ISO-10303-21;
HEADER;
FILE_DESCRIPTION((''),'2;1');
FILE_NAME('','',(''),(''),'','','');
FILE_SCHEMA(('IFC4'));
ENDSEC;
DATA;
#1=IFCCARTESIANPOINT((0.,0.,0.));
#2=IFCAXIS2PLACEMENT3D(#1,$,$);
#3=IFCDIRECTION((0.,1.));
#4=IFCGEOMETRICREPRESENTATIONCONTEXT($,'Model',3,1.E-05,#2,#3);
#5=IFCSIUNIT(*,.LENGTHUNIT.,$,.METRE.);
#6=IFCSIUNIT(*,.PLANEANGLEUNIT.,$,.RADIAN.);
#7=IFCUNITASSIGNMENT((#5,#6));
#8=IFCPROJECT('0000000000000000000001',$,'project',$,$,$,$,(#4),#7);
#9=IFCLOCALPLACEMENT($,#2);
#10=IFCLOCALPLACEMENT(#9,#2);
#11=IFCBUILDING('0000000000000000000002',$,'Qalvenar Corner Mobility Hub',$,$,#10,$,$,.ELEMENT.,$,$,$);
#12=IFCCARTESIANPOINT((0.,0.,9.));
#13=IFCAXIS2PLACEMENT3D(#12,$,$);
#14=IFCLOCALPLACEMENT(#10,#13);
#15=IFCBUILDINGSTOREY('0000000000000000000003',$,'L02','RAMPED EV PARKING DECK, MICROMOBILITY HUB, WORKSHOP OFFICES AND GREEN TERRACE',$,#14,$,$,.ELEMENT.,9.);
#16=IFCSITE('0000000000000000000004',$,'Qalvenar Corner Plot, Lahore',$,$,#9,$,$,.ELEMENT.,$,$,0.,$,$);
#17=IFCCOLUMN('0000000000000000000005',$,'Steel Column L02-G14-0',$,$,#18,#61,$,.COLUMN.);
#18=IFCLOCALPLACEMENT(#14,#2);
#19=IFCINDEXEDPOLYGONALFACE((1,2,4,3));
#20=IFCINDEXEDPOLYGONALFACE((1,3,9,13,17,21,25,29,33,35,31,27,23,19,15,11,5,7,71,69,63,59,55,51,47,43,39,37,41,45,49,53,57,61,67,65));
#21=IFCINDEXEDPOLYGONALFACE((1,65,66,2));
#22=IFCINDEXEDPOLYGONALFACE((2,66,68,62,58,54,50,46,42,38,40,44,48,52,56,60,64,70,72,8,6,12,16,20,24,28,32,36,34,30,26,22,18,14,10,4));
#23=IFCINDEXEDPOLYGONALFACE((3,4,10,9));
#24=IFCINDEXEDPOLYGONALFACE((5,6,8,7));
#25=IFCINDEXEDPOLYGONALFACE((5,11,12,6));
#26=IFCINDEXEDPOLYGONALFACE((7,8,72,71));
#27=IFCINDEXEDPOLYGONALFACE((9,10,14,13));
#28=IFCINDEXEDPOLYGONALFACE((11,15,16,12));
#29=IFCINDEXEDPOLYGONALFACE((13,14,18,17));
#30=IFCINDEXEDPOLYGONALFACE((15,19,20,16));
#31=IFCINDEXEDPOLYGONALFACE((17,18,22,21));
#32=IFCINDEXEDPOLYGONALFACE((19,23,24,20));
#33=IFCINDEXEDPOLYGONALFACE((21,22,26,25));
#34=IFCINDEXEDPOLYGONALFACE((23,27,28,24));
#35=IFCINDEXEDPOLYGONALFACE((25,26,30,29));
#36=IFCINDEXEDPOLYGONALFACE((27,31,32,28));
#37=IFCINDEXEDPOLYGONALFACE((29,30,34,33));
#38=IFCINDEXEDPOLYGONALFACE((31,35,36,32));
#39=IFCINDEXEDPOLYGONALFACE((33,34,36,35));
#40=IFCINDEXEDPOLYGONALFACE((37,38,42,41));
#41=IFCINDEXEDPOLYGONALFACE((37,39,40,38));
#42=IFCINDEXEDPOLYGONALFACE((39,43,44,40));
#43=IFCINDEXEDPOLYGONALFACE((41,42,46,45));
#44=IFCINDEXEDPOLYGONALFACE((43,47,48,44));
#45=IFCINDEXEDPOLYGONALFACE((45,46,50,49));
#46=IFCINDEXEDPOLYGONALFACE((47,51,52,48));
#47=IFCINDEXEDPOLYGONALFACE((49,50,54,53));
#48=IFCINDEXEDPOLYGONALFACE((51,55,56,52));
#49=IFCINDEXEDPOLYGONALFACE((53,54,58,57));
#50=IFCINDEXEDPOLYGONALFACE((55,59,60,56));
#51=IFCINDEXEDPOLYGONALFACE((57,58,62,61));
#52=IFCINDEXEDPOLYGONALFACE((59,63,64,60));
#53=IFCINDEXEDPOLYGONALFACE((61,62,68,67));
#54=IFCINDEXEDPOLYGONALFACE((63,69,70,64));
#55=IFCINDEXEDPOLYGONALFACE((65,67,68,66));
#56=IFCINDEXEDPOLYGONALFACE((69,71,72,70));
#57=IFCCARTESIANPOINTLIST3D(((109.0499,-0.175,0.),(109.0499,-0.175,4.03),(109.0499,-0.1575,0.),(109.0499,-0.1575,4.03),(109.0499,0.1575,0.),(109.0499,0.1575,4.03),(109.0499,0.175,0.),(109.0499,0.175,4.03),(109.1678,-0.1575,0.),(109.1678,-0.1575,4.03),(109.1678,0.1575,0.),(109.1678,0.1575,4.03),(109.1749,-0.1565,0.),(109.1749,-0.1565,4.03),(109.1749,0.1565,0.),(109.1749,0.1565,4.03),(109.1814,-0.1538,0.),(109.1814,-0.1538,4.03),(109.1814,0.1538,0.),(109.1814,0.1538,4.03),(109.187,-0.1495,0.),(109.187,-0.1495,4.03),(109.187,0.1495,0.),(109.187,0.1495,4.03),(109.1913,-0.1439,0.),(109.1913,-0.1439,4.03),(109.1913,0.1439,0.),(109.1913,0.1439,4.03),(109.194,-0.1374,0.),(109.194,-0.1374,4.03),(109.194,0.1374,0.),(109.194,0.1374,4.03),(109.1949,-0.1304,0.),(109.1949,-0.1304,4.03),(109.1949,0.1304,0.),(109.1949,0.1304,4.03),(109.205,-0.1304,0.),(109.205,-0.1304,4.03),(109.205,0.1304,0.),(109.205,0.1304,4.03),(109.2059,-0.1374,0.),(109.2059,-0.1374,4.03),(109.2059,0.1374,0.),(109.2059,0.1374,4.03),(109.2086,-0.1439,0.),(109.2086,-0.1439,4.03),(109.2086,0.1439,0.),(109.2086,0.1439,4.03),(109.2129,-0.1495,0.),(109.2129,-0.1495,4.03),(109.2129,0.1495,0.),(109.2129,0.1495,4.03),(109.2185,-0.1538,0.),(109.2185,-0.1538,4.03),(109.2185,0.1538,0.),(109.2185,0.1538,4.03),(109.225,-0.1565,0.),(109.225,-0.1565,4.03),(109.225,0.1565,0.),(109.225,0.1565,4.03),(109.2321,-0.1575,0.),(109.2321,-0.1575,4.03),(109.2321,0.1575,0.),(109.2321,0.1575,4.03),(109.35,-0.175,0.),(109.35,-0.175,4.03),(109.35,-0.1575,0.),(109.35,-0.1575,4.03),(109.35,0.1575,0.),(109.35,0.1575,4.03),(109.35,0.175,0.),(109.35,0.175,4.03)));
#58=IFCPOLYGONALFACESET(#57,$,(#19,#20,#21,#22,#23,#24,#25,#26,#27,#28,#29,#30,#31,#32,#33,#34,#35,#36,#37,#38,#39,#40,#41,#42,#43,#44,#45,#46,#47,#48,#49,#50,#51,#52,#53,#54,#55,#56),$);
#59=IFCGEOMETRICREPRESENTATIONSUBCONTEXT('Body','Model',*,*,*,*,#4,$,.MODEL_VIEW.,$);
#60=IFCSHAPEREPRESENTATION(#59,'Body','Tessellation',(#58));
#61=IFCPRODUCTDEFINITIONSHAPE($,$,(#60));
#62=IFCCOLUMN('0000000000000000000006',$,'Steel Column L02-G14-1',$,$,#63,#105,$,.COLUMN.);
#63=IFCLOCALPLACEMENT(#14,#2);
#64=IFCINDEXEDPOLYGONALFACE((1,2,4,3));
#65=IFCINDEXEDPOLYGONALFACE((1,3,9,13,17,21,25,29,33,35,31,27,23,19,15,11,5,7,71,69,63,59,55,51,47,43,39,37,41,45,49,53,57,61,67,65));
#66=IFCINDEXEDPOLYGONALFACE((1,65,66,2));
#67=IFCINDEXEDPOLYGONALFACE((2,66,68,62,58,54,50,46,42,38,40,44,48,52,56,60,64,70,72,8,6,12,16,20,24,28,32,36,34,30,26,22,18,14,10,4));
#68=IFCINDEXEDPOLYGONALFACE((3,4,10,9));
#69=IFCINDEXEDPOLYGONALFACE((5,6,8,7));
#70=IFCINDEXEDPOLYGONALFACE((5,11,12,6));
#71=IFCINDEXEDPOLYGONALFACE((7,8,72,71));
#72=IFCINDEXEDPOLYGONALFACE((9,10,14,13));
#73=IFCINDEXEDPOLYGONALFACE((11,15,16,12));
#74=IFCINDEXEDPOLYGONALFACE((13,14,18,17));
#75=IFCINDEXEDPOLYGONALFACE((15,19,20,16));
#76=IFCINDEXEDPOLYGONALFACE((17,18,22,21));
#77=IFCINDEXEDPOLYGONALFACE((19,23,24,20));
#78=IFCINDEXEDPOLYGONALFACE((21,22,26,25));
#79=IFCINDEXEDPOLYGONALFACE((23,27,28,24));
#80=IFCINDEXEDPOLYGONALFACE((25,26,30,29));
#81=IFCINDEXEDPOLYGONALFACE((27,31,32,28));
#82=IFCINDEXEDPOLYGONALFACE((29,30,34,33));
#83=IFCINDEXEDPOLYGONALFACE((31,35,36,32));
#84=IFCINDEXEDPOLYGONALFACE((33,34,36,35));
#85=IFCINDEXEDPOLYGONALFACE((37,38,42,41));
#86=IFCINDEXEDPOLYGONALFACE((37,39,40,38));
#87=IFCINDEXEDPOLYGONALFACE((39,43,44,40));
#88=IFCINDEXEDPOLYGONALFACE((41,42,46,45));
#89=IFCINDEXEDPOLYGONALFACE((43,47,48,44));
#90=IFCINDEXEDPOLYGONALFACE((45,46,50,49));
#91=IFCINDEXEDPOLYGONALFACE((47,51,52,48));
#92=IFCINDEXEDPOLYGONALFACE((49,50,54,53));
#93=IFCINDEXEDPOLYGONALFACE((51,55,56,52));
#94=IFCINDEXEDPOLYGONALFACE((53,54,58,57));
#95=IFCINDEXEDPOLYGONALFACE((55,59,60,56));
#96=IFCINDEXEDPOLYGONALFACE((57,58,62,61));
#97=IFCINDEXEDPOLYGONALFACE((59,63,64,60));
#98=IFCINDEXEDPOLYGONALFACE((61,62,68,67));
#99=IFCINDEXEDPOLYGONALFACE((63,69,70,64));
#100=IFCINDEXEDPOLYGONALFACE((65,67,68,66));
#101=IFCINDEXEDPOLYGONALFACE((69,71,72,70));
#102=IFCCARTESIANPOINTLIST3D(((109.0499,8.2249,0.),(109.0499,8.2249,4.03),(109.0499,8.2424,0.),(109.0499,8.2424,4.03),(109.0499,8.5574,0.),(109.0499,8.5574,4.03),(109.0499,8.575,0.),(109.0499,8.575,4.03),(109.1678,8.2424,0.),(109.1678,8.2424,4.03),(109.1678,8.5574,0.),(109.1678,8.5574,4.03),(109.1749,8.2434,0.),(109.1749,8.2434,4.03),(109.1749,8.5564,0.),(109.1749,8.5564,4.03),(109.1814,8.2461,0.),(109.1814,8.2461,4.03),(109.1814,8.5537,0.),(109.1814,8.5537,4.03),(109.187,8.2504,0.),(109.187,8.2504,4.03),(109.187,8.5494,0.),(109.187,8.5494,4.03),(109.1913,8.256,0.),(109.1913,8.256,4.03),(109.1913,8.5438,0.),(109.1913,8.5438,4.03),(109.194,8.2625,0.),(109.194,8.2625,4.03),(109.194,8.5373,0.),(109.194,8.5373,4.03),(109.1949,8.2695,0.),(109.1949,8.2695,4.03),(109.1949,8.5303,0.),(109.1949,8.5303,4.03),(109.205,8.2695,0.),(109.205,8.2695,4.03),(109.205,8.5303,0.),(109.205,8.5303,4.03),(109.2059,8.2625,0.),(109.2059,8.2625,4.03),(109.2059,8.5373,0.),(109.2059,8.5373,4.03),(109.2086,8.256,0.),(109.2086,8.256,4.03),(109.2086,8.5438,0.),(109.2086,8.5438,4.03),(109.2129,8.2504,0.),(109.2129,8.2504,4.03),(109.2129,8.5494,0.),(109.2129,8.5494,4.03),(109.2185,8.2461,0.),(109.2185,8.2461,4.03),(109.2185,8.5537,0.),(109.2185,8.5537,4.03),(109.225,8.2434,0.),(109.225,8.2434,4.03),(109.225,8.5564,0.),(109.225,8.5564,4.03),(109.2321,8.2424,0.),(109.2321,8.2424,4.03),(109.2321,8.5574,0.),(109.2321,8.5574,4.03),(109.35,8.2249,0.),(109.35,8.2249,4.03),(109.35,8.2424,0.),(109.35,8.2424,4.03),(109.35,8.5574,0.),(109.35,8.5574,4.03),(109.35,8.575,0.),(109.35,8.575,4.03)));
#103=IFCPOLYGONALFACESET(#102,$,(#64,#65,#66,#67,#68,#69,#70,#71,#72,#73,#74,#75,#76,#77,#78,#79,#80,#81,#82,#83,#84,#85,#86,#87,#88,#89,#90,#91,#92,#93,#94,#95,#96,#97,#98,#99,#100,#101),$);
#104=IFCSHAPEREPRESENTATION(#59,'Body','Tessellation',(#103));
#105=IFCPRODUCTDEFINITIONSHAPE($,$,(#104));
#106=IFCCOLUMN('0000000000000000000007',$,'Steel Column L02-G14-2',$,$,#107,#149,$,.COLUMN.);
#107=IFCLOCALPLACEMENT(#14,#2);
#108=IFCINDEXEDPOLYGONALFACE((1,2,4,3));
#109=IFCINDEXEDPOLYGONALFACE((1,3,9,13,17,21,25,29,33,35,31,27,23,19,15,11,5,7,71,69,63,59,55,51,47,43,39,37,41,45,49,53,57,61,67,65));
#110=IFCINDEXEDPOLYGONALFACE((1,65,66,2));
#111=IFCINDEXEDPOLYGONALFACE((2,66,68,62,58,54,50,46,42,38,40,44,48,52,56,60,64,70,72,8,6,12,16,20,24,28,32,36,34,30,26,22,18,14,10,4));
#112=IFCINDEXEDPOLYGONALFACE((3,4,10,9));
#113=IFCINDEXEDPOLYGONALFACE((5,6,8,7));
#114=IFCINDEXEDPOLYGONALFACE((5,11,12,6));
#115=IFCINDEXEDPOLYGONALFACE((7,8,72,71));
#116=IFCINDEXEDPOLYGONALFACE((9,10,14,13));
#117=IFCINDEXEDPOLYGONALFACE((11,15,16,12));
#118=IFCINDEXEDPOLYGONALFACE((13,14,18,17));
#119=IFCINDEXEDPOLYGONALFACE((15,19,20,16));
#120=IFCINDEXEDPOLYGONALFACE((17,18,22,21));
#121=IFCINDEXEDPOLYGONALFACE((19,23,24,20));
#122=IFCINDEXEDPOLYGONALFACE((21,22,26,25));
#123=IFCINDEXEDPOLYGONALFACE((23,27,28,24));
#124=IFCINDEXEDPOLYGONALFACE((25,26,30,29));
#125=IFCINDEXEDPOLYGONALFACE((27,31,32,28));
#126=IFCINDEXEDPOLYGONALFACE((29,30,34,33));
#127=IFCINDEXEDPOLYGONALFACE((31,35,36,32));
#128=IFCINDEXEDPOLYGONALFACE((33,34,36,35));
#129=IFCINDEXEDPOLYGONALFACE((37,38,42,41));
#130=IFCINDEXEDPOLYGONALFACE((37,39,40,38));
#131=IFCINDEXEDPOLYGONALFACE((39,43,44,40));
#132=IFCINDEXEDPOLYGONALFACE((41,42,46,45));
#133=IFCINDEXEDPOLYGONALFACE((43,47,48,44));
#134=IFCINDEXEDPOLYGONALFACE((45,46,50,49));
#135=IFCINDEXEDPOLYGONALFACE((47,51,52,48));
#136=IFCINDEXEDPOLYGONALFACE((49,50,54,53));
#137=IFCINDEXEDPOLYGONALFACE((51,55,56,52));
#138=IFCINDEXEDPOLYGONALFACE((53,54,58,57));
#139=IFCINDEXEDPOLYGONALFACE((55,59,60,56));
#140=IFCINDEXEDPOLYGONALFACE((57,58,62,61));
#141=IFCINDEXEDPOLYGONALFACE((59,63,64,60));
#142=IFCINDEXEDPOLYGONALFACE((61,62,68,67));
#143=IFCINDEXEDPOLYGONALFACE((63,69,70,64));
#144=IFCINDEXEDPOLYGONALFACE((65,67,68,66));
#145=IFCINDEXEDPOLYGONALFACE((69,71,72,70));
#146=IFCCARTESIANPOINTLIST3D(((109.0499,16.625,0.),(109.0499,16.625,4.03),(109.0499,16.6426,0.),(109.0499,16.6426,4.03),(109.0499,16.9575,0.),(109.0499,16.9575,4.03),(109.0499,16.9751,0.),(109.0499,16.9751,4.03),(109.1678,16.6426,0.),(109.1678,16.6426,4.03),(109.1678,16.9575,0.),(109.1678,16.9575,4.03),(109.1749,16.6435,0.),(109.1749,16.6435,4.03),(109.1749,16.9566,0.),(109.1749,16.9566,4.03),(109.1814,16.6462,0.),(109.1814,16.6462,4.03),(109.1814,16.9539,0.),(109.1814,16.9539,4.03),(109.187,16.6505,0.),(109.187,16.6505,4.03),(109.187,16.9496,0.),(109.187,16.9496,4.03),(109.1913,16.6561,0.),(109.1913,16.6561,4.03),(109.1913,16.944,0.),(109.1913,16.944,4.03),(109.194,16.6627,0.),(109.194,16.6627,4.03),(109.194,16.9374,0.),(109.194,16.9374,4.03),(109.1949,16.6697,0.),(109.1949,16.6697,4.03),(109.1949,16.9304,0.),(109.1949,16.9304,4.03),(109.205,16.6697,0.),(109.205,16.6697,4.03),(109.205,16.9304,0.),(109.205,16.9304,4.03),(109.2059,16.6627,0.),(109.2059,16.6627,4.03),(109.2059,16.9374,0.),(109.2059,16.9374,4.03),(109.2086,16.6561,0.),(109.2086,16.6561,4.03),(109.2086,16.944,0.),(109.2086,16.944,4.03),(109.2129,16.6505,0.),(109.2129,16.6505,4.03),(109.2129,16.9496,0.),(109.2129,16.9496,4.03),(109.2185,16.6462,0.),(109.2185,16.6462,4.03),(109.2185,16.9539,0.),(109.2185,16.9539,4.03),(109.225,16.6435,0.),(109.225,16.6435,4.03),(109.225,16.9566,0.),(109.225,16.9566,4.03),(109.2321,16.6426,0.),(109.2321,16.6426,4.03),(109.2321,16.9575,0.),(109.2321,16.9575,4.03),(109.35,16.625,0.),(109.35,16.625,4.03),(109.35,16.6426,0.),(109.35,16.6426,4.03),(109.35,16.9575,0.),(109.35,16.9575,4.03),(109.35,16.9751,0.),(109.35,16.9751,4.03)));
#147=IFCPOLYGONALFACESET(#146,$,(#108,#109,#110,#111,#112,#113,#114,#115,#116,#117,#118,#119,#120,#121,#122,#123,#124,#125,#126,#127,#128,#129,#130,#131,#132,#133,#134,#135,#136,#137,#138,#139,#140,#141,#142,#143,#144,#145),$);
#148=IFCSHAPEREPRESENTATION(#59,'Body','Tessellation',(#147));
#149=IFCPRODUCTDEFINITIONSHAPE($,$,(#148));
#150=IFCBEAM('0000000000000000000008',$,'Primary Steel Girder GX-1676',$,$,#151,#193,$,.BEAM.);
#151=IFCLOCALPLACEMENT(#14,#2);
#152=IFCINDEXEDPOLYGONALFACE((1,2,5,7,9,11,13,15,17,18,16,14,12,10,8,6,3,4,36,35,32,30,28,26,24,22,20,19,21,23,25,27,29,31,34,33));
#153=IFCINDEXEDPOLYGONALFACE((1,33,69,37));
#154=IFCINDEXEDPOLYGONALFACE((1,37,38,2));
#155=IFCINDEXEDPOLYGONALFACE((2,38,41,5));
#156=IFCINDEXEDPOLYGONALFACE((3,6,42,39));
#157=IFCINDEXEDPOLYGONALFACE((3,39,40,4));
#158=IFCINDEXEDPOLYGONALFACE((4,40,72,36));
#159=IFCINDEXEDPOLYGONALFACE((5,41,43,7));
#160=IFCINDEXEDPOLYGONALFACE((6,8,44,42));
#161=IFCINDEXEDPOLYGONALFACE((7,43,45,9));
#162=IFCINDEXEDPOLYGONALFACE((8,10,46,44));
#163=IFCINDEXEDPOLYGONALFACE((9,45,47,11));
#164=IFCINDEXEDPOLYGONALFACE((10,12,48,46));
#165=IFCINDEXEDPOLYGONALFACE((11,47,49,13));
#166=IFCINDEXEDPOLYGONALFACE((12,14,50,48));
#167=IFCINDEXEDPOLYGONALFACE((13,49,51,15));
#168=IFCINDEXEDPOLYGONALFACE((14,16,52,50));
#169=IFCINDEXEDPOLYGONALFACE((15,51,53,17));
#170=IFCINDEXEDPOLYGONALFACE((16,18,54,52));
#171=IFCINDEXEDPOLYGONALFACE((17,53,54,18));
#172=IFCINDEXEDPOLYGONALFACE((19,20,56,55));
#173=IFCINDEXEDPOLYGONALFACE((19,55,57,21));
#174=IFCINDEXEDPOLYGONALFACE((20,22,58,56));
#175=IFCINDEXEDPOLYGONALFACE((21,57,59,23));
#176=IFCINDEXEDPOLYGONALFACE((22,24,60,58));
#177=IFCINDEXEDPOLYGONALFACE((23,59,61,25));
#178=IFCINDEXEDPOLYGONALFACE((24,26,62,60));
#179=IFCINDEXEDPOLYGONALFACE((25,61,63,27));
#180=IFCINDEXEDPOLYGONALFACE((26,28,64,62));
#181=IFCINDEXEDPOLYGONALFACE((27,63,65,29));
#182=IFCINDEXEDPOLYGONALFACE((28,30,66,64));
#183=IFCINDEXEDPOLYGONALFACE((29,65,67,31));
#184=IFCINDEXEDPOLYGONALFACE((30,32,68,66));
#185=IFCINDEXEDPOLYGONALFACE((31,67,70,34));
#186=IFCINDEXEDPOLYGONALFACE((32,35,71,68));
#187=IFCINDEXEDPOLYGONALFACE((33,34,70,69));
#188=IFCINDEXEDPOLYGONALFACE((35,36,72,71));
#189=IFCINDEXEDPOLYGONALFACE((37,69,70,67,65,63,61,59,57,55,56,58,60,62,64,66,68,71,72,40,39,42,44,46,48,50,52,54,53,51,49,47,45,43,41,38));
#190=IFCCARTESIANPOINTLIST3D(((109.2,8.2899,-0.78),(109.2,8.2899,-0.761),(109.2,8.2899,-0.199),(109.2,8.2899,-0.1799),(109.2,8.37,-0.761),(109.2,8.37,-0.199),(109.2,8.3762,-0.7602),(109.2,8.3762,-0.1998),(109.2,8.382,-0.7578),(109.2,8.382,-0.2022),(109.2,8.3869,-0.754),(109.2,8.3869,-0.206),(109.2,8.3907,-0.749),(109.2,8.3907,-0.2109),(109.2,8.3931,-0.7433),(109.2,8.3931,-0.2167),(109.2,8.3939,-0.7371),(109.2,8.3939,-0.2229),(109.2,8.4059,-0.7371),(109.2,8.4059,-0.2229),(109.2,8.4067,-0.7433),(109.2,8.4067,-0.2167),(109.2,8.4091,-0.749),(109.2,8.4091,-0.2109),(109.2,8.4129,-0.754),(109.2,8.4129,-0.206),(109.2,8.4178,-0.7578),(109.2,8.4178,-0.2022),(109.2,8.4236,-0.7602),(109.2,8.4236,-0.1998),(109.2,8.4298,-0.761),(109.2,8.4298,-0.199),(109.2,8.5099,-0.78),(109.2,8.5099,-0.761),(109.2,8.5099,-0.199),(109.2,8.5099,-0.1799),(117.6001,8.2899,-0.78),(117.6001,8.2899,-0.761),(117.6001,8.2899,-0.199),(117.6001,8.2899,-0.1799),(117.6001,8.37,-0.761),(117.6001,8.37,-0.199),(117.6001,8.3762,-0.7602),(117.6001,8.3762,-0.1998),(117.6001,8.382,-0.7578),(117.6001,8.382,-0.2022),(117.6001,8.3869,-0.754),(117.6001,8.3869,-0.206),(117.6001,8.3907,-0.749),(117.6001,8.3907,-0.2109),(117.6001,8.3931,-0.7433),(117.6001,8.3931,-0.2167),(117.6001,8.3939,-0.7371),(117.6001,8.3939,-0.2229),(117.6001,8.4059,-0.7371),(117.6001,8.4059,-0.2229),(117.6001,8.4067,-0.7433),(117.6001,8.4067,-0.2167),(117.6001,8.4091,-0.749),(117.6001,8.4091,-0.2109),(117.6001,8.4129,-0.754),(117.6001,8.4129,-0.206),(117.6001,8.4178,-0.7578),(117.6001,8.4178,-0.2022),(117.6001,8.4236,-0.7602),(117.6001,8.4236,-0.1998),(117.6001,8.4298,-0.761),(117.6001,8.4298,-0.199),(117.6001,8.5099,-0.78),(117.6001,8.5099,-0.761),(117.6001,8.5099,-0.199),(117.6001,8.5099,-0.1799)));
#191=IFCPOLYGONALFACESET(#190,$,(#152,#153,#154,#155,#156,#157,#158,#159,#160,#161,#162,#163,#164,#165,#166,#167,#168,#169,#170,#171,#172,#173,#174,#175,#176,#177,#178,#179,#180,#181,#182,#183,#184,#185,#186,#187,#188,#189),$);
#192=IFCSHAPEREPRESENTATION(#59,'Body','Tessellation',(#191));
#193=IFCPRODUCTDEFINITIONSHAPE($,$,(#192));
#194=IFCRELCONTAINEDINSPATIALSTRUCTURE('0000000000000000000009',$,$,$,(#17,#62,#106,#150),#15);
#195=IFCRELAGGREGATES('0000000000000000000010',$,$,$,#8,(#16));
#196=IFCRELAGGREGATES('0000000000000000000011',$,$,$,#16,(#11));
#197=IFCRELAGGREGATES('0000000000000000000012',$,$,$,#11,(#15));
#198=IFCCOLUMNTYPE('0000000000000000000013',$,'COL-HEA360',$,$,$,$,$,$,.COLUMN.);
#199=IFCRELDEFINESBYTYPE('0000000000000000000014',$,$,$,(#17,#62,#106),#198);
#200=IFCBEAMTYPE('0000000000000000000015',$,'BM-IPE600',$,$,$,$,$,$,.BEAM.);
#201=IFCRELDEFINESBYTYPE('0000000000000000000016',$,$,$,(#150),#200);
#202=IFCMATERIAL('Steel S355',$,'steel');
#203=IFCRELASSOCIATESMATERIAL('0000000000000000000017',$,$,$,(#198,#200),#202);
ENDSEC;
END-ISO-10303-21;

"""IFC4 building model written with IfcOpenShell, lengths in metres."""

from ifc_helpers import new_model, si_unit, direction, frame, origin, origin_2d, place, context, subcontext, project, spatial, i_section, extrude, material, material_profile, profile_set, type_object, element, save


model = new_model("IFC4")

# Units and contexts
model_context = context("Model", 3, precision=1e-05, world=origin(), true_north=direction((0.0, 1.0)))
body_context = subcontext(model_context, "Body", "Model", "MODEL_VIEW")
ifc_project = project(units=[si_unit("LENGTHUNIT", "METRE"), si_unit("PLANEANGLEUNIT", "RADIAN")], contexts=[model_context])

# Site, building, storey
site_placement = place(None, origin())
site = spatial("IfcSite", under=ifc_project, at=site_placement, Name="Qalvenar Corner Plot, Lahore", CompositionType="ELEMENT", RefElevation=0.0)
building_placement = place(site_placement, origin())
building = spatial("IfcBuilding", under=site, at=building_placement, Name="Qalvenar Corner Mobility Hub", CompositionType="ELEMENT")
storey_placement = place(building_placement, frame((0.0, 0.0, 9.0)))
storey = spatial("IfcBuildingStorey", under=building, at=storey_placement, Name="L02", Description="RAMPED EV PARKING DECK, MICROMOBILITY HUB, WORKSHOP OFFICES AND GREEN TERRACE", CompositionType="ELEMENT", Elevation=9.0)

# Columns
ifc_material_1 = material(Name="Steel S355", Category="steel")
ifc_material_profile_1 = material_profile(ifc_material_1, i_section(OverallWidth=0.3, OverallDepth=0.3501, WebThickness=0.01, FlangeThickness=0.0176, FilletRadius=0.0271, at=origin_2d()), Name="HEA360")
ifc_profile_set_1 = profile_set([ifc_material_profile_1], Name="Steel S355")
column_type = type_object("IfcColumnType", Name="COL-HEA360", PredefinedType="COLUMN", material=ifc_profile_set_1)
for number, where, z_axis, x_axis, name in (
    (1, (109.2, 0.0, 0.0), (0.0, 0.0, 1.0), (1.0, 0.0, 0.0), "Steel Column L02-G14-0"),
    (2, (109.2, 8.3999, 0.0), (0.0, 0.0, 1.0), (1.0, 0.0, 0.0), "Steel Column L02-G14-1"),
    (3, (109.2, 16.8, 0.0), (0.0, 0.0, 1.0), (1.0, 0.0, 0.0), "Steel Column L02-G14-2"),
):
    element("IfcColumn", number, at=place(storey_placement, frame(where, z_axis=z_axis, x_axis=x_axis)), inside=storey, type_object=column_type, Name=name, PredefinedType="COLUMN", context=body_context, shape_type="SweptSolid", body=[
        extrude(i_section(OverallWidth=0.3, OverallDepth=0.3501, WebThickness=0.01, FlangeThickness=0.0176, FilletRadius=0.0271, at=origin_2d()), origin(), (0.0, 0.0, 1.0), 4.03),
    ])

# Beam
ifc_material_profile_2 = material_profile(ifc_material_1, i_section(OverallWidth=0.22, OverallDepth=0.6001, WebThickness=0.012, FlangeThickness=0.019, FilletRadius=0.0239, at=origin_2d()), Name="IPE600")
ifc_profile_set_2 = profile_set([ifc_material_profile_2], Name="Steel S355")
beam_type_1 = type_object("IfcBeamType", Name="BM-IPE600", PredefinedType="BEAM", material=ifc_profile_set_2)
for number, where, z_axis, x_axis, name in (
    (4, (109.2, 8.3999, -0.48), (1.0, 0.0, 0.0), (0.0, 1.0, 0.0), "Primary Steel Girder GX-1676"),
):
    element("IfcBeam", number, at=place(storey_placement, frame(where, z_axis=z_axis, x_axis=x_axis)), inside=storey, type_object=beam_type_1, Name=name, PredefinedType="BEAM", context=body_context, shape_type="SweptSolid", body=[
        extrude(i_section(OverallWidth=0.22, OverallDepth=0.6001, WebThickness=0.012, FlangeThickness=0.019, FilletRadius=0.0239, at=origin_2d()), origin(), (0.0, 0.0, 1.0), 8.4001),
    ])

save(model, "model.ifc")
